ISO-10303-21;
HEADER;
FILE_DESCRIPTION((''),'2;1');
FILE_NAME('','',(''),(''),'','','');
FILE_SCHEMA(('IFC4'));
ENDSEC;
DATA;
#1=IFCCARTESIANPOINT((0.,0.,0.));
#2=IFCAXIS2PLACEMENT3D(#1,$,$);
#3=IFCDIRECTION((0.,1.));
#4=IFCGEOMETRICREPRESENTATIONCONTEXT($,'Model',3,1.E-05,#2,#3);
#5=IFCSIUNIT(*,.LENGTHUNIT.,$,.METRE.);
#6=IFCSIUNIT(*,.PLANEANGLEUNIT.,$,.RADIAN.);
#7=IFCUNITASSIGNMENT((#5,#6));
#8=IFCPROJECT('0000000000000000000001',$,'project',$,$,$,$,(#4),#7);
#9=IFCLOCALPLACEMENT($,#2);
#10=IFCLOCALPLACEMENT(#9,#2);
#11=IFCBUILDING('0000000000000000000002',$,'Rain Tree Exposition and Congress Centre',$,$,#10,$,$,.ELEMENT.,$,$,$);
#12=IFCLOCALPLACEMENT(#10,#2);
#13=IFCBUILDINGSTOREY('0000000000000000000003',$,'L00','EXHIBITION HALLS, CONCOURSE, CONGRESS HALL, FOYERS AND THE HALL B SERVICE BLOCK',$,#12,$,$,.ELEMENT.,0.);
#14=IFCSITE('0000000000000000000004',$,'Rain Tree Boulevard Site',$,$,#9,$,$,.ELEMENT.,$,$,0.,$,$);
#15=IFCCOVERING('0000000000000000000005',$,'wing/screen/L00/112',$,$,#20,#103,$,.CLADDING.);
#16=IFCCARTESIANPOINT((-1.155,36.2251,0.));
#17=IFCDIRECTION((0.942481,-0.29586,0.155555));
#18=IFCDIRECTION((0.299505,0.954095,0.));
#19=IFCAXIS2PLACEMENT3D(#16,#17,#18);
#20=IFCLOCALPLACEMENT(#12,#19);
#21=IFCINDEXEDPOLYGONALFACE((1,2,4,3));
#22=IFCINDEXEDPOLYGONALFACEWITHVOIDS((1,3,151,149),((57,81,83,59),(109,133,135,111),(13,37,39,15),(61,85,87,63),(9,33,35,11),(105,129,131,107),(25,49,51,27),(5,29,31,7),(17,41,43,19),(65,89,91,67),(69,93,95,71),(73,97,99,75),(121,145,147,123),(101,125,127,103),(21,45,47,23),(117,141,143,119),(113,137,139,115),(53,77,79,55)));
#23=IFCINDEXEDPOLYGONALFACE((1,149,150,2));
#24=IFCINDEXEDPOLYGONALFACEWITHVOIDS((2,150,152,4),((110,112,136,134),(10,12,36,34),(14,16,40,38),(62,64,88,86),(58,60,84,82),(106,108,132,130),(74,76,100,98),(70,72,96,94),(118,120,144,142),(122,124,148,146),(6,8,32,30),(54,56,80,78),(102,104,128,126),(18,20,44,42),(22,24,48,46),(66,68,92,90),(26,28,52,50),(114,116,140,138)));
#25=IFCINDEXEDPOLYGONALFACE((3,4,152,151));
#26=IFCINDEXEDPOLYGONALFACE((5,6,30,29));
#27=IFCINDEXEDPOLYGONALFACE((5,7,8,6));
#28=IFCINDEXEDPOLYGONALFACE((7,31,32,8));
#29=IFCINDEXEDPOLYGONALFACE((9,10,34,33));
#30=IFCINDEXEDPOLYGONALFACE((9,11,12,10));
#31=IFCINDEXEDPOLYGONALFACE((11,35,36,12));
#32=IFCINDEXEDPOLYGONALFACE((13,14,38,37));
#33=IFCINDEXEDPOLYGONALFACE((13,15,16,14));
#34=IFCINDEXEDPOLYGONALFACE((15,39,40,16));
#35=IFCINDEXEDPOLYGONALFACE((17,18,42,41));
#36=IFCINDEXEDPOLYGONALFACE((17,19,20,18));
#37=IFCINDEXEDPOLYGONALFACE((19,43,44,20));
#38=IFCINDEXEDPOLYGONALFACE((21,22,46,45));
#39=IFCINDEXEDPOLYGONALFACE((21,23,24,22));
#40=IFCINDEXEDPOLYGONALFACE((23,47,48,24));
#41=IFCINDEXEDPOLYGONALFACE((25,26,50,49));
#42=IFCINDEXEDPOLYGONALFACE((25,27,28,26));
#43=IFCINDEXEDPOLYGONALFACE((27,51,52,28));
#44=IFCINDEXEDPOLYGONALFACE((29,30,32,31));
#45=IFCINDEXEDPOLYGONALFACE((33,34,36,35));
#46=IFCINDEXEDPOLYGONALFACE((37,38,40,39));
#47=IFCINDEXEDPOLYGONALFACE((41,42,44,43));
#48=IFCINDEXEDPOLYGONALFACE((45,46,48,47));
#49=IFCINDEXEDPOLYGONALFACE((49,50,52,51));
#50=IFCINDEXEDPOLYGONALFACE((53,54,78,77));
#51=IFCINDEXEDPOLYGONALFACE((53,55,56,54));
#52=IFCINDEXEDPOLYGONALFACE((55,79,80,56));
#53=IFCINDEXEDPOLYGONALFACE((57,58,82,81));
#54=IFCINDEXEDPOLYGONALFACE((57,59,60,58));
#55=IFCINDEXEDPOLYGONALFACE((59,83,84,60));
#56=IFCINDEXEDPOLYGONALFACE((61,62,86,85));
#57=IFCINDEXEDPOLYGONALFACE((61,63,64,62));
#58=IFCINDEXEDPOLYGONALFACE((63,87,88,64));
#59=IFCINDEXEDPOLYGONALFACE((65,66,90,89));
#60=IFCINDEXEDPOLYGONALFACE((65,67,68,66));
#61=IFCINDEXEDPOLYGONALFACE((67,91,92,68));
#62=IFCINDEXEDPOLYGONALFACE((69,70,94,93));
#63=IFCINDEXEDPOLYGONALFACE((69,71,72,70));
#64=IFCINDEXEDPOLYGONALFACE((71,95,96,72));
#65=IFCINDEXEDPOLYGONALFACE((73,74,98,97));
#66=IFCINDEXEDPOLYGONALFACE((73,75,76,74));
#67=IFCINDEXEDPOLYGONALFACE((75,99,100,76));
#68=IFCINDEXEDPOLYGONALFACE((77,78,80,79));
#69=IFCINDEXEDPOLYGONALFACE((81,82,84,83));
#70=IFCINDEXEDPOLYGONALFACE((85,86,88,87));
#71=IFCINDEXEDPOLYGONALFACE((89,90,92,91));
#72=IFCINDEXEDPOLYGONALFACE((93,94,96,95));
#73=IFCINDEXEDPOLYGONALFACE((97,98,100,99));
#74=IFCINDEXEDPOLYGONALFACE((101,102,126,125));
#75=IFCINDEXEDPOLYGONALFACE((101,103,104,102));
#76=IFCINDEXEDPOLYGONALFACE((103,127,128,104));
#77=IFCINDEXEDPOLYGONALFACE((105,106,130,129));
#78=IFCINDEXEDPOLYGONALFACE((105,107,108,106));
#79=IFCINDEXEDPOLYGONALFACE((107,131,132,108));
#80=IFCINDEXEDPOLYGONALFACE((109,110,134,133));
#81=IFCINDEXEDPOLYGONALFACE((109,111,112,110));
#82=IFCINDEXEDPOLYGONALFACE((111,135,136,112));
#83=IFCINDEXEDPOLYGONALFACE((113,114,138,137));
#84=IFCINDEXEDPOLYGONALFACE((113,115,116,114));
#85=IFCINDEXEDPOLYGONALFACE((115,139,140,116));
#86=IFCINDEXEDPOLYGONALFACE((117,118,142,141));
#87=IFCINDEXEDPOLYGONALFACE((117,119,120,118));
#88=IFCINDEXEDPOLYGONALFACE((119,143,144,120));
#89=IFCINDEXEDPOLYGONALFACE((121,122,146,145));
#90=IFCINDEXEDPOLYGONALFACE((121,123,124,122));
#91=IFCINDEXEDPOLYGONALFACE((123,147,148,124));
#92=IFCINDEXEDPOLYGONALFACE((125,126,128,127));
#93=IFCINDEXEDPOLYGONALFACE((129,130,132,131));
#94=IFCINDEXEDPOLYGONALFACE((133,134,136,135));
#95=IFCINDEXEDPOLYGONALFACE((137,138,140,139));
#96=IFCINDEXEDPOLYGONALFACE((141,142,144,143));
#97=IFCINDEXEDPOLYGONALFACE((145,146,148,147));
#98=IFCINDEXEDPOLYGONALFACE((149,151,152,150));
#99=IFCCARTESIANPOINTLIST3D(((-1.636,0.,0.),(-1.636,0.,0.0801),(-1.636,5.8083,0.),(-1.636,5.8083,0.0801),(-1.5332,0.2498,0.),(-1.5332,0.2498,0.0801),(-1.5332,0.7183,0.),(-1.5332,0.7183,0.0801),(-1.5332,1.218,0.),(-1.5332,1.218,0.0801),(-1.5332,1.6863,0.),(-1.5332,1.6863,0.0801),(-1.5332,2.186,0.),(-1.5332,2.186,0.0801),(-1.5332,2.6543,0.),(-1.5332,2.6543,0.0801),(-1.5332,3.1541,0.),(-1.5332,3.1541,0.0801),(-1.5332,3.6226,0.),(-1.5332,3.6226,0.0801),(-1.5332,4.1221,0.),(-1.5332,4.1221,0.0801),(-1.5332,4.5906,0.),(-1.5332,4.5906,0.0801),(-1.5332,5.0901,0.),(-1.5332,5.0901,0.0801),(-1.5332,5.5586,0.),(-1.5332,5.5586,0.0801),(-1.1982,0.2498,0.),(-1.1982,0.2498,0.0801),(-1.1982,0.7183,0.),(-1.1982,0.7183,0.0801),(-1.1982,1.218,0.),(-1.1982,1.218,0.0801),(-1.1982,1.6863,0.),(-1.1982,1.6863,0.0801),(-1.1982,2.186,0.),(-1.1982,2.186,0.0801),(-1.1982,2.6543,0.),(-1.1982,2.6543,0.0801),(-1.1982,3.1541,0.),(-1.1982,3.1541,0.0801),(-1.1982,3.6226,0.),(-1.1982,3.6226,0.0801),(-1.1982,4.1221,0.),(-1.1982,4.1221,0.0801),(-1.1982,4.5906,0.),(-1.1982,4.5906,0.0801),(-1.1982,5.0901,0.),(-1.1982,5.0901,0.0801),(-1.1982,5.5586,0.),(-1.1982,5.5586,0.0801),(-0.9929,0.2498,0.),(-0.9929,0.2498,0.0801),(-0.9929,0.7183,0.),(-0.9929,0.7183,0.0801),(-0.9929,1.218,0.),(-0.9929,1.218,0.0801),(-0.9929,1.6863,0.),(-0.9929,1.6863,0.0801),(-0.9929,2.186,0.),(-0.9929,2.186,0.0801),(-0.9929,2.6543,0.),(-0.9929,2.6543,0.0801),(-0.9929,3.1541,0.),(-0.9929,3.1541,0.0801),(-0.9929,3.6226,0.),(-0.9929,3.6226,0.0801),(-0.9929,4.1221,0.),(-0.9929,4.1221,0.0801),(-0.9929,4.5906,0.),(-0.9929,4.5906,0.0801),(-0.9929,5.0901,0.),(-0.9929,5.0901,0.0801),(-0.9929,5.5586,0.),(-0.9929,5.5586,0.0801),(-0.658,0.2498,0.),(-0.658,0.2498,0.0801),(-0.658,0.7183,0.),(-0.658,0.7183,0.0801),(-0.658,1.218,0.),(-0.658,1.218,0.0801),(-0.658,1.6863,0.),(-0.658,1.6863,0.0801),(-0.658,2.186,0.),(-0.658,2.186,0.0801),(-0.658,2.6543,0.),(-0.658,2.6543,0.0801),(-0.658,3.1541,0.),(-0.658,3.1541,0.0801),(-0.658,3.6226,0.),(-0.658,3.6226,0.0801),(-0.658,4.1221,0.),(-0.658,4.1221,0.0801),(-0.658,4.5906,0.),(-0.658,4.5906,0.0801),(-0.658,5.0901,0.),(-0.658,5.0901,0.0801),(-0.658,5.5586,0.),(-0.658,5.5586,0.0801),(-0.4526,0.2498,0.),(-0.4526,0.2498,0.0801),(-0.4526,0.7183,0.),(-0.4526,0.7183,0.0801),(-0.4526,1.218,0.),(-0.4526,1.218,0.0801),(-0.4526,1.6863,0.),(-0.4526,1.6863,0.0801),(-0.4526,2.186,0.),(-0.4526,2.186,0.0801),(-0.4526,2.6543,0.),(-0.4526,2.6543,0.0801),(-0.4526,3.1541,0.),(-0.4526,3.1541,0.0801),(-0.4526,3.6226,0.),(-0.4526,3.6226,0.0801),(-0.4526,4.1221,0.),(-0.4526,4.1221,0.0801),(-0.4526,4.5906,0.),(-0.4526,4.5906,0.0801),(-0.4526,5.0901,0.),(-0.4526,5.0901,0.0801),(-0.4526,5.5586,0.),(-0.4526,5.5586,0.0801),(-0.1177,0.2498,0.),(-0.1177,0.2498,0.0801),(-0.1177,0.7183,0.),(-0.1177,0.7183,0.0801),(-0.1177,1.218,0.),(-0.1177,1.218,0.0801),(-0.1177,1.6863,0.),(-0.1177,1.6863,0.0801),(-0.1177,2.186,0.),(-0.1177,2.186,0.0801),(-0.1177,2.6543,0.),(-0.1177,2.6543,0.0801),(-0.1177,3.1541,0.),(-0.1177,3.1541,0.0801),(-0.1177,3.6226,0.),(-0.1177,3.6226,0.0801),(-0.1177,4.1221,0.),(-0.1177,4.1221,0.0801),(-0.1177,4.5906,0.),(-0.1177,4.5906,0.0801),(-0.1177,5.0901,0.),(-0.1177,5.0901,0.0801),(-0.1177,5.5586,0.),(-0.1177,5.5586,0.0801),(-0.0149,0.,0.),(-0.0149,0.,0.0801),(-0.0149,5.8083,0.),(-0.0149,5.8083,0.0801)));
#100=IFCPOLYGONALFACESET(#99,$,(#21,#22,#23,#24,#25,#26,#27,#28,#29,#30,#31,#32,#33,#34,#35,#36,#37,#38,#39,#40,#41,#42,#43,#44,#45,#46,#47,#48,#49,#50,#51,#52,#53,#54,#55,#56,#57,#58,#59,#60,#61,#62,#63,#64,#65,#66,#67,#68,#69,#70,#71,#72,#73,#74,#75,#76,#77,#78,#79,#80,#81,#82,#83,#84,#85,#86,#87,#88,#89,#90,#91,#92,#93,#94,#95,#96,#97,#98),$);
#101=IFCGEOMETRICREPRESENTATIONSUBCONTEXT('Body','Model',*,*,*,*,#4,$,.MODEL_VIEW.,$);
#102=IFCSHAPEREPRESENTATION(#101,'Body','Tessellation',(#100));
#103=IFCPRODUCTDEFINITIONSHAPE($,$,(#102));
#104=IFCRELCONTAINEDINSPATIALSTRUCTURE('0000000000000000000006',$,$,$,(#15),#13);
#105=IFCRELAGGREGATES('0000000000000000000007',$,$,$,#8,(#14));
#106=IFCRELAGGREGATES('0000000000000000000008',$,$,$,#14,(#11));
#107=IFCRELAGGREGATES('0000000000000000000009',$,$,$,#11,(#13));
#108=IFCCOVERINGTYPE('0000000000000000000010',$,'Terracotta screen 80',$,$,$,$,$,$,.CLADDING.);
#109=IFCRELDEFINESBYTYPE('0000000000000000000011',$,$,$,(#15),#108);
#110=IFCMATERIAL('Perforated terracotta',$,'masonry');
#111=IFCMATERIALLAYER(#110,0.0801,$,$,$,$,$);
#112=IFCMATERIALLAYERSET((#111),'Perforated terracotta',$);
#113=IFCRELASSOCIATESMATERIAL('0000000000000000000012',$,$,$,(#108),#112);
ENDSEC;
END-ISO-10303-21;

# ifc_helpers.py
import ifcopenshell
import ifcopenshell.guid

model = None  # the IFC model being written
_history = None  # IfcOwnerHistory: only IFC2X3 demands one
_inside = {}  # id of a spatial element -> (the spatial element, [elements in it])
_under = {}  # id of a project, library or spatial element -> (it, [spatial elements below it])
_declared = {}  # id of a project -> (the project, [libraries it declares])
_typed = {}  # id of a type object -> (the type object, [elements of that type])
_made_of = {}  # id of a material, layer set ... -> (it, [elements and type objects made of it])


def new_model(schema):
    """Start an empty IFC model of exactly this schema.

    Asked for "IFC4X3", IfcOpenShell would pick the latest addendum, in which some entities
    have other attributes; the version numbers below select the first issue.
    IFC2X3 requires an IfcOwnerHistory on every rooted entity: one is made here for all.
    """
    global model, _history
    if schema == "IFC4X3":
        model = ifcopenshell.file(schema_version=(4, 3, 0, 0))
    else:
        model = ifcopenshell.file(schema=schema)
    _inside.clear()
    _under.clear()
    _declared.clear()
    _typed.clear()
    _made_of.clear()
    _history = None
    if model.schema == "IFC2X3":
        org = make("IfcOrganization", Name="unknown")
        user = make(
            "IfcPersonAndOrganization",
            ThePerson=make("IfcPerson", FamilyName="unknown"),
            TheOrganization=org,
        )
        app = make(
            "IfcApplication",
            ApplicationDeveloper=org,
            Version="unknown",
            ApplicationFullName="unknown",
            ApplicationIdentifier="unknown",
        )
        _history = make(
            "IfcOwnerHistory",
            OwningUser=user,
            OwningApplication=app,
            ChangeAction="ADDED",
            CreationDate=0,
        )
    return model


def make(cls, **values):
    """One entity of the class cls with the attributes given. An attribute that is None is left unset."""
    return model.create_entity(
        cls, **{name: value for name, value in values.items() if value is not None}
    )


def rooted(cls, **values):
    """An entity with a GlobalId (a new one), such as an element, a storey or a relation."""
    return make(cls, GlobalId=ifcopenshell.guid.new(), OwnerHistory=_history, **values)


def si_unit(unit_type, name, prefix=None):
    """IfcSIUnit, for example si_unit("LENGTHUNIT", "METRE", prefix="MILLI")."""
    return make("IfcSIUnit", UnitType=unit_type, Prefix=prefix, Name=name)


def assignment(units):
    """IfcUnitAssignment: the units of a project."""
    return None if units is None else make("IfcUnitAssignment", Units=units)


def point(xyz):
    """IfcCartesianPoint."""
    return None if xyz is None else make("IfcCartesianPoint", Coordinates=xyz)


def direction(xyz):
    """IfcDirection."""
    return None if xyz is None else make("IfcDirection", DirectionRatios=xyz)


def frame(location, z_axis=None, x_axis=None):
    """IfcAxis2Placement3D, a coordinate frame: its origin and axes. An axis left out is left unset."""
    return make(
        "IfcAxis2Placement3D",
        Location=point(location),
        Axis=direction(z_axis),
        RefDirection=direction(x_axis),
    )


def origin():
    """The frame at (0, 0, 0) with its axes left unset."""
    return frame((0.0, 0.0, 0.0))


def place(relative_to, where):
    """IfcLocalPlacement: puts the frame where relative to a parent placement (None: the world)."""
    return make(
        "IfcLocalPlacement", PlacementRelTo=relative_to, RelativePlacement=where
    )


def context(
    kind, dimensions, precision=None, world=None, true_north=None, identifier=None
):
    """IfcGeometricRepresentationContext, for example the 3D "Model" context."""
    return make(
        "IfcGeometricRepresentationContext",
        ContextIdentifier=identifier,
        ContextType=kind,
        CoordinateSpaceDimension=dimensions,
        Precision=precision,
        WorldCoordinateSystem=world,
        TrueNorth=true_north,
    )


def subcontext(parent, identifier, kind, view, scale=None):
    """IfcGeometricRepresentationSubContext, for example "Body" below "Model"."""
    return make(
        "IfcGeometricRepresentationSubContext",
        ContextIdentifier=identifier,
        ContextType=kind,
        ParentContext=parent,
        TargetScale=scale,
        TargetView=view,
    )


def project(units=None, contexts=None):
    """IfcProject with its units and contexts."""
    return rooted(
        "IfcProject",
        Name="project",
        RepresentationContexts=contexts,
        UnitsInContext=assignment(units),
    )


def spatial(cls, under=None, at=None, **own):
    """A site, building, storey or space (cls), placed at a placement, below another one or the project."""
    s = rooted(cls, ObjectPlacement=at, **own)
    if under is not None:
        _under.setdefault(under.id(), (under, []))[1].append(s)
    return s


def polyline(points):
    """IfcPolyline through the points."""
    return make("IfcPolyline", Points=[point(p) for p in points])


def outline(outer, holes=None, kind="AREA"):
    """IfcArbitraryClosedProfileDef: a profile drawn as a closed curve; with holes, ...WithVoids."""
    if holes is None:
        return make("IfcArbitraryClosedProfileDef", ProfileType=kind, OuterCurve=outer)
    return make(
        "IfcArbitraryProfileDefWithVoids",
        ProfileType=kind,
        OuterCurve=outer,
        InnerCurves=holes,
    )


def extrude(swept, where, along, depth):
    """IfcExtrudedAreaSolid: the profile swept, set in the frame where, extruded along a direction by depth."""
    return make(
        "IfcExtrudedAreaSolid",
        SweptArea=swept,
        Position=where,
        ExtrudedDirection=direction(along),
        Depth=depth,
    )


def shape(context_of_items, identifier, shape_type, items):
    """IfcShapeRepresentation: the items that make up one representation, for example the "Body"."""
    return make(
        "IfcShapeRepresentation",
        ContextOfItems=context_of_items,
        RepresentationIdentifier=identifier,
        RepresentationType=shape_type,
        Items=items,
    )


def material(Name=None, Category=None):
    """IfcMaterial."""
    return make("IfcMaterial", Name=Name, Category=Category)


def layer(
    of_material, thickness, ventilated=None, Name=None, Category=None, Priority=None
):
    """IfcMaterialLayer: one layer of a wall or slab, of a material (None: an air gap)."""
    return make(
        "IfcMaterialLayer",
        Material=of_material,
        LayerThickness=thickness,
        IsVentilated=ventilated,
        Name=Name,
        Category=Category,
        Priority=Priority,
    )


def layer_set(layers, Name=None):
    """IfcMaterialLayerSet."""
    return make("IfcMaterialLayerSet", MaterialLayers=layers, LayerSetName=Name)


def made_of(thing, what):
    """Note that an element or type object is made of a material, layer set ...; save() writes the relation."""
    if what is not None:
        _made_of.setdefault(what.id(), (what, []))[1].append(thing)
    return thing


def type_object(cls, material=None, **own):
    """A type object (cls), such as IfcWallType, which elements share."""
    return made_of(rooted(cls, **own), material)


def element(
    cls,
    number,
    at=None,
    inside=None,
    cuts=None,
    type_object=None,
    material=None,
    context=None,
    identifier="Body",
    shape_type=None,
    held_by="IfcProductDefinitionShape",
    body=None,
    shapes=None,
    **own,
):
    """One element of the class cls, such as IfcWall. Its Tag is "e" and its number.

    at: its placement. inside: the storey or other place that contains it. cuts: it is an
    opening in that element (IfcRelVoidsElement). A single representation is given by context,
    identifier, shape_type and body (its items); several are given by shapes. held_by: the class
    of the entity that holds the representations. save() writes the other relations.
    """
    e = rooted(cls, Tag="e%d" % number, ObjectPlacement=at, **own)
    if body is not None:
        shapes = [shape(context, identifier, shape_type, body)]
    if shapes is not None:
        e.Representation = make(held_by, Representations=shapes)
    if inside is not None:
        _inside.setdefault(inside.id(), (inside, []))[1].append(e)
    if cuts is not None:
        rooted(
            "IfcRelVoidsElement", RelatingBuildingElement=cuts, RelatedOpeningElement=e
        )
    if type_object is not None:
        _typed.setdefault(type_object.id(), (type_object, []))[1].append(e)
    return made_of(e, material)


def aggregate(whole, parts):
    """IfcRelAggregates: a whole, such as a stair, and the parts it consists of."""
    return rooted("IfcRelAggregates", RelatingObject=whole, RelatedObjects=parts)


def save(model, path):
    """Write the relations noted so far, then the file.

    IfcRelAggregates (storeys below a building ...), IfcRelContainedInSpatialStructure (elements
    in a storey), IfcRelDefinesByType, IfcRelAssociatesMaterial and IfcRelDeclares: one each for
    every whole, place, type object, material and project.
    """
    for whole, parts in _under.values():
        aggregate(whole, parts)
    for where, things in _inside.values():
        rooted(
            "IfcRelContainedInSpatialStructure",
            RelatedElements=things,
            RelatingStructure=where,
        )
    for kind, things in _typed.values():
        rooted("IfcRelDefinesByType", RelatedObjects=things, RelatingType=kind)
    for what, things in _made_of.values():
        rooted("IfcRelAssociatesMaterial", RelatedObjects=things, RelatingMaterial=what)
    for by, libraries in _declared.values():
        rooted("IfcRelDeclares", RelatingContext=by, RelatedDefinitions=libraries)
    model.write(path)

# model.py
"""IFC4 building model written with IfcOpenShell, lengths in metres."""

from ifc_helpers import new_model, si_unit, direction, frame, origin, place, context, subcontext, project, spatial, polyline, outline, extrude, material, layer, layer_set, type_object, element, save


model = new_model("IFC4")

# Units and contexts
model_context = context("Model", 3, precision=1e-05, world=origin(), true_north=direction((0.0, 1.0)))
body_context = subcontext(model_context, "Body", "Model", "MODEL_VIEW")
ifc_project = project(units=[si_unit("LENGTHUNIT", "METRE"), si_unit("PLANEANGLEUNIT", "RADIAN")], contexts=[model_context])

# Site, building, storey
site_placement = place(None, origin())
site = spatial("IfcSite", under=ifc_project, at=site_placement, Name="Rain Tree Boulevard Site", CompositionType="ELEMENT", RefElevation=0.0)
building_placement = place(site_placement, origin())
building = spatial("IfcBuilding", under=site, at=building_placement, Name="Rain Tree Exposition and Congress Centre", CompositionType="ELEMENT")
storey_placement = place(building_placement, origin())
storey = spatial("IfcBuildingStorey", under=building, at=storey_placement, Name="L00", Description="EXHIBITION HALLS, CONCOURSE, CONGRESS HALL, FOYERS AND THE HALL B SERVICE BLOCK", CompositionType="ELEMENT", Elevation=0.0)

# Covering
ifc_material_1 = material(Name="Perforated terracotta", Category="masonry")
ifc_layer_1 = layer(ifc_material_1, 0.0801)
ifc_layer_set_1 = layer_set([ifc_layer_1], Name="Perforated terracotta")
covering_type = type_object("IfcCoveringType", Name="Terracotta screen 80", PredefinedType="CLADDING", material=ifc_layer_set_1)
covering_1_placement = place(storey_placement, frame((-1.155, 36.2251, 0.0), z_axis=(0.942481, -0.29586, 0.155555), x_axis=(0.299505, 0.954095, 0.0)))
element("IfcCovering", 1, at=covering_1_placement, inside=storey, type_object=covering_type, Name="wing/screen/L00/112", PredefinedType="CLADDING", context=body_context, shape_type="SweptSolid", body=[
    extrude(outline(polyline([(-1.636, 0.0), (-1.636, 5.8083), (-0.0149, 5.8083), (-0.0149, 0.0), (-1.636, 0.0)]), holes=[polyline([(-0.1177, 0.2498), (-0.1177, 0.7183), (-0.4526, 0.7183), (-0.4526, 0.2498), (-0.1177, 0.2498)]), polyline([(-0.1177, 1.218), (-0.1177, 1.6863), (-0.4526, 1.6863), (-0.4526, 1.218), (-0.1177, 1.218)]), polyline([(-0.1177, 2.186), (-0.1177, 2.6543), (-0.4526, 2.6543), (-0.4526, 2.186), (-0.1177, 2.186)]), polyline([(-0.1177, 3.1541), (-0.1177, 3.6226), (-0.4526, 3.6226), (-0.4526, 3.1541), (-0.1177, 3.1541)]), polyline([(-0.1177, 4.1221), (-0.1177, 4.5906), (-0.4526, 4.5906), (-0.4526, 4.1221), (-0.1177, 4.1221)]), polyline([(-0.1177, 5.0901), (-0.1177, 5.5586), (-0.4526, 5.5586), (-0.4526, 5.0901), (-0.1177, 5.0901)]), polyline([(-0.658, 0.2498), (-0.658, 0.7183), (-0.9929, 0.7183), (-0.9929, 0.2498), (-0.658, 0.2498)]), polyline([(-0.658, 1.218), (-0.658, 1.6863), (-0.9929, 1.6863), (-0.9929, 1.218), (-0.658, 1.218)]), polyline([(-0.658, 2.186), (-0.658, 2.6543), (-0.9929, 2.6543), (-0.9929, 2.186), (-0.658, 2.186)]), polyline([(-0.658, 3.1541), (-0.658, 3.6226), (-0.9929, 3.6226), (-0.9929, 3.1541), (-0.658, 3.1541)]), polyline([(-0.658, 4.1221), (-0.658, 4.5906), (-0.9929, 4.5906), (-0.9929, 4.1221), (-0.658, 4.1221)]), polyline([(-0.658, 5.0901), (-0.658, 5.5586), (-0.9929, 5.5586), (-0.9929, 5.0901), (-0.658, 5.0901)]), polyline([(-1.1982, 0.2498), (-1.1982, 0.7183), (-1.5332, 0.7183), (-1.5332, 0.2498), (-1.1982, 0.2498)]), polyline([(-1.1982, 1.218), (-1.1982, 1.6863), (-1.5332, 1.6863), (-1.5332, 1.218), (-1.1982, 1.218)]), polyline([(-1.1982, 2.186), (-1.1982, 2.6543), (-1.5332, 2.6543), (-1.5332, 2.186), (-1.1982, 2.186)]), polyline([(-1.1982, 3.1541), (-1.1982, 3.6226), (-1.5332, 3.6226), (-1.5332, 3.1541), (-1.1982, 3.1541)]), polyline([(-1.1982, 4.1221), (-1.1982, 4.5906), (-1.5332, 4.5906), (-1.5332, 4.1221), (-1.1982, 4.1221)]), polyline([(-1.1982, 5.0901), (-1.1982, 5.5586), (-1.5332, 5.5586), (-1.5332, 5.0901), (-1.1982, 5.0901)])]), origin(), (0.0, 0.0, 1.0), 0.0801),
])

save(model, "model.ifc")
